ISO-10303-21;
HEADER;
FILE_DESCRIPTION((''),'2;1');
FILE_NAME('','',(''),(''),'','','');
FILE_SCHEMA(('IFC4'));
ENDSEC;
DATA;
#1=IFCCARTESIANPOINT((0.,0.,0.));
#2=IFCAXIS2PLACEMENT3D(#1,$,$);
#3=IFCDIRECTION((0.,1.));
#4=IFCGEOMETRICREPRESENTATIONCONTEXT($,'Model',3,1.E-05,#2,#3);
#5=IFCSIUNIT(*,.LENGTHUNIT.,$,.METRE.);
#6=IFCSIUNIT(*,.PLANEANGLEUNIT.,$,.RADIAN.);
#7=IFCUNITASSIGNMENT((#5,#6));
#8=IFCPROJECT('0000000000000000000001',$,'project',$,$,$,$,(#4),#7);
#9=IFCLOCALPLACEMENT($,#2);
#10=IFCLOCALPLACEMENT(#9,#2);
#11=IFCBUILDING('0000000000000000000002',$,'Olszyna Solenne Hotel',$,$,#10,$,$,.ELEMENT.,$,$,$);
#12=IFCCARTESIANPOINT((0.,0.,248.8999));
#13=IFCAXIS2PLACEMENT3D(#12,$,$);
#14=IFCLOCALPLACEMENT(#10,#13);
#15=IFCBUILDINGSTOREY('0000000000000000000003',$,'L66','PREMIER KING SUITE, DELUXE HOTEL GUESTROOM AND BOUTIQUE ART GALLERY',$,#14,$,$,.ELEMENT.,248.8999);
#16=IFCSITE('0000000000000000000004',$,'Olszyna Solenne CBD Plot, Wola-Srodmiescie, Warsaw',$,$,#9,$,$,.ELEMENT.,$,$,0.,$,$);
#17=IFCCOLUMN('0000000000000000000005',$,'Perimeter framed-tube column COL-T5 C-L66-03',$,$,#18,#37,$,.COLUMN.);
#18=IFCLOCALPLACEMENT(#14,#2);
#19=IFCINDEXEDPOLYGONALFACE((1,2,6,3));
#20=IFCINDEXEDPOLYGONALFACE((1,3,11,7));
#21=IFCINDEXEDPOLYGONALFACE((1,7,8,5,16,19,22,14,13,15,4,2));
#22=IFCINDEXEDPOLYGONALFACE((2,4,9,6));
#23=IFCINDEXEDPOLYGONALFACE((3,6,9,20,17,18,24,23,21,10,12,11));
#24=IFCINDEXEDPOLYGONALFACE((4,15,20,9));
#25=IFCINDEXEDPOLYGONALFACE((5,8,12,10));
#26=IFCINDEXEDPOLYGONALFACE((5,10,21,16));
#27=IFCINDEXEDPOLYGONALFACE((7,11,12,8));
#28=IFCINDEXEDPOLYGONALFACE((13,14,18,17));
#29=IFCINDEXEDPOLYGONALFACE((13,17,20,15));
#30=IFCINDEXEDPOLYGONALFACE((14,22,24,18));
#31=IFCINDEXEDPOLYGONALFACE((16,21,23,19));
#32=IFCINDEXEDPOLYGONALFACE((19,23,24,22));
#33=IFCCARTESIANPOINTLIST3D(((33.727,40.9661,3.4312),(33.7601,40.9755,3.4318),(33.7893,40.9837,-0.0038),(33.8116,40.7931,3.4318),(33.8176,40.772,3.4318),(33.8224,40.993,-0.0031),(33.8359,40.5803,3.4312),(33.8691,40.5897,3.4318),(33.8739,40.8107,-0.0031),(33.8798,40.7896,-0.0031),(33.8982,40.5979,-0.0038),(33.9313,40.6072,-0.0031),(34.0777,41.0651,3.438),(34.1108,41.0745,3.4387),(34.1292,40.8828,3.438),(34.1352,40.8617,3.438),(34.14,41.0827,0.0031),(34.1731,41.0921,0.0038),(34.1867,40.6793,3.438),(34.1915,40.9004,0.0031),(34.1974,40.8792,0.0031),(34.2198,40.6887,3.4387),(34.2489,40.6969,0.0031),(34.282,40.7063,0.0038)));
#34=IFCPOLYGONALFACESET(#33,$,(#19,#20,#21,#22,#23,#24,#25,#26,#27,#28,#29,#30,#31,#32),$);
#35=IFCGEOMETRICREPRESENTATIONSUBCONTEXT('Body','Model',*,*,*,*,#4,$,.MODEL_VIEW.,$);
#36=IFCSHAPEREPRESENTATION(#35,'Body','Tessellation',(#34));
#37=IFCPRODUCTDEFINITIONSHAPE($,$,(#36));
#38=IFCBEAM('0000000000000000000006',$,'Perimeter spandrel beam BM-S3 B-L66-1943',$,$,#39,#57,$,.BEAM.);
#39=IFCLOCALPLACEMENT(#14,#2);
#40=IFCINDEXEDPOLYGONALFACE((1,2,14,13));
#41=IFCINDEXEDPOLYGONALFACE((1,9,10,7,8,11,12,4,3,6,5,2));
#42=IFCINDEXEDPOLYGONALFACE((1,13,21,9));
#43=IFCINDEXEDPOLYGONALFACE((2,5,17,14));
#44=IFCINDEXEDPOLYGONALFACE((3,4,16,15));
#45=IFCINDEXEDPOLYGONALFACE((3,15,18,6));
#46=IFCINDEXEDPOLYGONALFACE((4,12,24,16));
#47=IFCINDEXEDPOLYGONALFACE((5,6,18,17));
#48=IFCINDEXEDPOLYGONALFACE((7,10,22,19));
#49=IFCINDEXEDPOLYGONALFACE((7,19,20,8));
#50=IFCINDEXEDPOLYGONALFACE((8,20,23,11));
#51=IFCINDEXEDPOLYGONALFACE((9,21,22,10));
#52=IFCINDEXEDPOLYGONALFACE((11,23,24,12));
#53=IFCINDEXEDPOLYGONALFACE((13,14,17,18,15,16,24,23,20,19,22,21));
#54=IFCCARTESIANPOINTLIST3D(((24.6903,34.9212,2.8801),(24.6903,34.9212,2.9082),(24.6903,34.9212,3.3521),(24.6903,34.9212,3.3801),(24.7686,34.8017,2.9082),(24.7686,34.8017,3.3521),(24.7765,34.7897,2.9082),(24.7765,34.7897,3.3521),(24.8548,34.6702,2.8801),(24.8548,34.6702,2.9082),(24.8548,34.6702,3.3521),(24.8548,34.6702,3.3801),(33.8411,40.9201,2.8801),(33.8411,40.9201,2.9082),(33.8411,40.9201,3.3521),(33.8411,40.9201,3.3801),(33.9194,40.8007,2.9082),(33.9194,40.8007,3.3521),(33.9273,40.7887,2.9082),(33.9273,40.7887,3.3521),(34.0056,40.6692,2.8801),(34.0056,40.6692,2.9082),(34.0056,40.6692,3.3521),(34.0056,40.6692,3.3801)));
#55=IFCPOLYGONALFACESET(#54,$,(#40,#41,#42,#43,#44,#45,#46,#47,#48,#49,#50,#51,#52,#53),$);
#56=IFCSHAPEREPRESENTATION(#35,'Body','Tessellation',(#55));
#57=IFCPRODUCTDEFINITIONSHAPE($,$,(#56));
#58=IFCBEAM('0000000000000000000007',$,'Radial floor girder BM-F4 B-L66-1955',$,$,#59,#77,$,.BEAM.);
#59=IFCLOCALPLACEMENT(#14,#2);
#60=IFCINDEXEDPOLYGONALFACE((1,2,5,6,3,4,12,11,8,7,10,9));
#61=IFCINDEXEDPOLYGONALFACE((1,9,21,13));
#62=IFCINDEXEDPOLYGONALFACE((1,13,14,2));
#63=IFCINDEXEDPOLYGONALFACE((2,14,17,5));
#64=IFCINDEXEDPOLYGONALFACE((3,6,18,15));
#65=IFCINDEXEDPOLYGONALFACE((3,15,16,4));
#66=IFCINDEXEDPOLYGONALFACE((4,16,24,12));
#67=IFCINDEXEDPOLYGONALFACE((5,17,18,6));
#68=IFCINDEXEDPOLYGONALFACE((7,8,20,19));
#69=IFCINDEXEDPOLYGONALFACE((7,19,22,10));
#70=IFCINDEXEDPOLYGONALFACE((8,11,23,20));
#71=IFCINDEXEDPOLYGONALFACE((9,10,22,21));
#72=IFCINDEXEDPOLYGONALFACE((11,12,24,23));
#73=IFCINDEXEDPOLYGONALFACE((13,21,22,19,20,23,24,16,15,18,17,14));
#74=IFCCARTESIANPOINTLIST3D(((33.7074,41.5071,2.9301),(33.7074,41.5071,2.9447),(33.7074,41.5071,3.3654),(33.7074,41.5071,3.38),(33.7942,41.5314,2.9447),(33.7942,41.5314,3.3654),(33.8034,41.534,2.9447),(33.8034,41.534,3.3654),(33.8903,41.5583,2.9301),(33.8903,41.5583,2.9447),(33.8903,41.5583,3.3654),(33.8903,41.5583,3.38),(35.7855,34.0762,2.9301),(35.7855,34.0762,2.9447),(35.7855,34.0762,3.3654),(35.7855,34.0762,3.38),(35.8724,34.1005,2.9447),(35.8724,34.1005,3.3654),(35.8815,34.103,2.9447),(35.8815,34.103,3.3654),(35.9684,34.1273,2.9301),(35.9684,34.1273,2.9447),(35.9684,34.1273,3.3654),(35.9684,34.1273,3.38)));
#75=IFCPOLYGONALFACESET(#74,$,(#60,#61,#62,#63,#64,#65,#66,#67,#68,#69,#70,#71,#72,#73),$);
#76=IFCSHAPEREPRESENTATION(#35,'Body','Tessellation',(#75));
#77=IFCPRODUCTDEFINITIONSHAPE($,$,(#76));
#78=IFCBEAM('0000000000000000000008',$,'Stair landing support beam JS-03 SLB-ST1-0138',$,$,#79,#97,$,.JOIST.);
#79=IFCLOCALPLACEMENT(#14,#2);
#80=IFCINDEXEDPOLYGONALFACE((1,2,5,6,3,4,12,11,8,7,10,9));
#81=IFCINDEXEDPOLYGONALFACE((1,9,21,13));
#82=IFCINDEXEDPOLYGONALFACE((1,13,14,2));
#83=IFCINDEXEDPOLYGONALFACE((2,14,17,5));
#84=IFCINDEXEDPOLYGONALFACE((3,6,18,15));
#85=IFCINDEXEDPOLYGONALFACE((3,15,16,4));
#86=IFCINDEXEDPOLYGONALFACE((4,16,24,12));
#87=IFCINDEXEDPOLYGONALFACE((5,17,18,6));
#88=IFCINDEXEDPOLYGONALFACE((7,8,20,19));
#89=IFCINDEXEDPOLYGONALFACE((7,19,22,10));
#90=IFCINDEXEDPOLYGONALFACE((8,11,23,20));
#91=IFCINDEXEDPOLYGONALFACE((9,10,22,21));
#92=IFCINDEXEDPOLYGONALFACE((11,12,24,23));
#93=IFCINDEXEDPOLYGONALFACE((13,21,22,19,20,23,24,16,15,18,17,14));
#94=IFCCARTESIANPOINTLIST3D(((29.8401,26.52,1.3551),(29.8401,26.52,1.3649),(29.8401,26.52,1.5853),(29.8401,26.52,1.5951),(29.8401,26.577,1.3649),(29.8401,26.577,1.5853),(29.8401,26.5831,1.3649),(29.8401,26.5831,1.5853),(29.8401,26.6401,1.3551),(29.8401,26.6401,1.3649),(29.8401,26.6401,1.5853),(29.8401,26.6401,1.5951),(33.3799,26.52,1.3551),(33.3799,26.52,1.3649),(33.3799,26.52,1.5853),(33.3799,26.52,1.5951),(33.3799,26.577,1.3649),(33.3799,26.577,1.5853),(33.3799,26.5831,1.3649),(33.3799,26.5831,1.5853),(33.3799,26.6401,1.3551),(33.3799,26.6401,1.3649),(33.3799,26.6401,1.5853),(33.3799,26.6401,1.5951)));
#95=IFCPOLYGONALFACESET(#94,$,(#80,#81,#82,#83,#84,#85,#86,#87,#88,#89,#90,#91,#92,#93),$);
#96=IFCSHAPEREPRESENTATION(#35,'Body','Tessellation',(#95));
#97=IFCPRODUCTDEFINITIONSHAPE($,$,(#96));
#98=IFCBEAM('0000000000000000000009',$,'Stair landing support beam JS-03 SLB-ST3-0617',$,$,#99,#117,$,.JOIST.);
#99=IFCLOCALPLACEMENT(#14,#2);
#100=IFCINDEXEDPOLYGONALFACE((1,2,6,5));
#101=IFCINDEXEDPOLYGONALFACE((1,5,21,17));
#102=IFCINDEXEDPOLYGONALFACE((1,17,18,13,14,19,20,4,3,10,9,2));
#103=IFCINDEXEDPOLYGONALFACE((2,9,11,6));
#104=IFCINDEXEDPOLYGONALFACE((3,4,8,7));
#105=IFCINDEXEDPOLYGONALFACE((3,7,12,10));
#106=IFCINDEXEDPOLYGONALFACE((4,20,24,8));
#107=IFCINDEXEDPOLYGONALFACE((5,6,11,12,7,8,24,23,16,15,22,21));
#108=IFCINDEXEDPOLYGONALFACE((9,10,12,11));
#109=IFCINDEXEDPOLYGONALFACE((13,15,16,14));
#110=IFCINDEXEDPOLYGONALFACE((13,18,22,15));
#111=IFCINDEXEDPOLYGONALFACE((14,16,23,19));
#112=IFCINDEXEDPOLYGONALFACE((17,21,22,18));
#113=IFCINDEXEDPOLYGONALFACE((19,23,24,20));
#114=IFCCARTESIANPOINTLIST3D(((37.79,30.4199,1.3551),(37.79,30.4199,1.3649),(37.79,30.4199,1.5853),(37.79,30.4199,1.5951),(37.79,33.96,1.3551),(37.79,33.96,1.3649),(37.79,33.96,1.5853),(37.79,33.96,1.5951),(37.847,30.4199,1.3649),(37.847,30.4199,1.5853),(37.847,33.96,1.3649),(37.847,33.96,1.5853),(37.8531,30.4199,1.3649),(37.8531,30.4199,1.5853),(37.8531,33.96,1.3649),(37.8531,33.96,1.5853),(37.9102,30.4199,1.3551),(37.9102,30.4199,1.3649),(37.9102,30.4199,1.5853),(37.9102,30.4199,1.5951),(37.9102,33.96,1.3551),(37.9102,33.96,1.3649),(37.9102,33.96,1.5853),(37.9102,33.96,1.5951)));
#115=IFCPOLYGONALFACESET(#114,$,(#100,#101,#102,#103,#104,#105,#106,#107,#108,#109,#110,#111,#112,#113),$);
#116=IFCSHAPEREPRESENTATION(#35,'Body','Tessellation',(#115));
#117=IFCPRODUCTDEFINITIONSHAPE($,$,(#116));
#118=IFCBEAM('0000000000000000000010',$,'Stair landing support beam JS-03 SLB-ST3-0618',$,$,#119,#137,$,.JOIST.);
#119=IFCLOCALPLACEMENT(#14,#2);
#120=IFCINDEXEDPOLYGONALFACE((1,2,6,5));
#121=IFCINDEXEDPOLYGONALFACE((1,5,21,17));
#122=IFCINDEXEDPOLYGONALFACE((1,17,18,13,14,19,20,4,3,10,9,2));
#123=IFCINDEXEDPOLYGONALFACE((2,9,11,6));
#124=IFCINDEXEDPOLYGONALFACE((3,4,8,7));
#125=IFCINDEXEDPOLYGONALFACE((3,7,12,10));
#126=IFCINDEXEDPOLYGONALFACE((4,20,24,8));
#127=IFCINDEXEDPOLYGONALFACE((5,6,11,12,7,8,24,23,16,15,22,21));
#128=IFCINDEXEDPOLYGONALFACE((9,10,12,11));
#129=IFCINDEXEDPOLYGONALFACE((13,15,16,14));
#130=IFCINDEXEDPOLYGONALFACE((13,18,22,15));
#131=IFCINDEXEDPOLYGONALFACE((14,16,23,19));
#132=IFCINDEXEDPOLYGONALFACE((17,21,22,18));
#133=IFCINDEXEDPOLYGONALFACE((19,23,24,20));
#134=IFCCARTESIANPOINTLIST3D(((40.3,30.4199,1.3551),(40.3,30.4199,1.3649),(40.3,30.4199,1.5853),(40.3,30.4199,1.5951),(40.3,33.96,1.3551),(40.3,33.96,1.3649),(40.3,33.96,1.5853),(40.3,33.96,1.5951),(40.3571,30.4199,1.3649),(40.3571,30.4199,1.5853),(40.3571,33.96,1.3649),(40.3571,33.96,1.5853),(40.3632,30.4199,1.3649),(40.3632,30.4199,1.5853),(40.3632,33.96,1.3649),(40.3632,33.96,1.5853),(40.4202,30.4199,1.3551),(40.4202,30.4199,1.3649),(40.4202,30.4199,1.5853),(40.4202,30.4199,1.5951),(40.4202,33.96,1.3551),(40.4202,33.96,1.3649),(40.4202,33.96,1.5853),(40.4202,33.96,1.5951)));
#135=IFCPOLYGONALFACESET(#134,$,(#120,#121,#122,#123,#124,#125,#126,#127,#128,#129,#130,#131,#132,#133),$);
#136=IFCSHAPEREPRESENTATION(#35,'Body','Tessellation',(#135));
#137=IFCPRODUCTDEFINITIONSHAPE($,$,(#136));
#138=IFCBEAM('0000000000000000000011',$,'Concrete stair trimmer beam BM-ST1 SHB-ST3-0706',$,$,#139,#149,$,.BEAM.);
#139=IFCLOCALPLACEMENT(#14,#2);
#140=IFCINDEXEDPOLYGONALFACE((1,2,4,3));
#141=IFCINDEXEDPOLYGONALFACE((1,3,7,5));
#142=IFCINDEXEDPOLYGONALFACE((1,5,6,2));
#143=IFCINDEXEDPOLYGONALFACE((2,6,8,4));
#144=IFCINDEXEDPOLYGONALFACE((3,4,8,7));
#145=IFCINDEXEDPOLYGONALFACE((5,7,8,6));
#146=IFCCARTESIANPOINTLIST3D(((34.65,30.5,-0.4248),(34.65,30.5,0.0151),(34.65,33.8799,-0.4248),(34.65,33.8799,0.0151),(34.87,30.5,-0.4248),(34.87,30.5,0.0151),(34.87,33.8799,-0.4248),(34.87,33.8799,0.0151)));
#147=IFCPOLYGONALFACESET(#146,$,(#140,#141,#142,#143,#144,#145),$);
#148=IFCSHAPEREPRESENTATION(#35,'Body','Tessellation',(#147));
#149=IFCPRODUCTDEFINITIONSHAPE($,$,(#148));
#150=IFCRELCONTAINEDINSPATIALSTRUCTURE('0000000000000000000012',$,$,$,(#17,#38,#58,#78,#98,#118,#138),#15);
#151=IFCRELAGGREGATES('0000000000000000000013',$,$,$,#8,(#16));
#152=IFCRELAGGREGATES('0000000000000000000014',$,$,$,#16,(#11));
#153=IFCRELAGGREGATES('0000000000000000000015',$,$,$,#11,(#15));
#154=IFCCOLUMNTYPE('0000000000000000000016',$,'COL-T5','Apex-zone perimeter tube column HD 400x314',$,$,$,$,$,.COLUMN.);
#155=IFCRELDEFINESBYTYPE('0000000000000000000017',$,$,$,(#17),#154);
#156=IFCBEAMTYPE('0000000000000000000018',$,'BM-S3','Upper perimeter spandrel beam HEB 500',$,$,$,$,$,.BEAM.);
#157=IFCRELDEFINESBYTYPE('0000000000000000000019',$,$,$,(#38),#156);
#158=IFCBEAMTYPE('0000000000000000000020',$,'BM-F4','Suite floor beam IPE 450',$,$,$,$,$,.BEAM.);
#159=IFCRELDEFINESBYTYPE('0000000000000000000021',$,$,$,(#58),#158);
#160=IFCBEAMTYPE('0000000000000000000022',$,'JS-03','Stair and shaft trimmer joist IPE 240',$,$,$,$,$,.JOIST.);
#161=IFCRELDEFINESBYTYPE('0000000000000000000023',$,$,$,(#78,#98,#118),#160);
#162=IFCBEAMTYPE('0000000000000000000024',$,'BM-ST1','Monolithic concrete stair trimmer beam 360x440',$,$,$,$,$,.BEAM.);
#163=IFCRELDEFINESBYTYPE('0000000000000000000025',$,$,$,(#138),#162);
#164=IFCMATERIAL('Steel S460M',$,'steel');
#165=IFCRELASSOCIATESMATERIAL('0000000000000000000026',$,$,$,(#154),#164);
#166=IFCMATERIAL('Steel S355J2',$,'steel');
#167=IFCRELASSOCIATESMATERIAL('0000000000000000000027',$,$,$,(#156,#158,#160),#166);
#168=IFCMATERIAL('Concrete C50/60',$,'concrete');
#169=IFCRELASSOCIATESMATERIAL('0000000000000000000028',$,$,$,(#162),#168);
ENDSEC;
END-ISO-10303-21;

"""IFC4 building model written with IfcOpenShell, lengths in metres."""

from ifc_helpers import new_model, si_unit, direction, frame, origin, origin_2d, place, context, subcontext, project, spatial, rectangle, i_section, extrude, source, transform, mapped, material, material_profile, profile_set, type_object, element, save


model = new_model("IFC4")

# Units and contexts
model_context = context("Model", 3, precision=1e-05, world=origin(), true_north=direction((0.0, 1.0)))
body_context = subcontext(model_context, "Body", "Model", "MODEL_VIEW")
ifc_project = project(units=[si_unit("LENGTHUNIT", "METRE"), si_unit("PLANEANGLEUNIT", "RADIAN")], contexts=[model_context])

# Site, building, storey
site_placement = place(None, origin())
site = spatial("IfcSite", under=ifc_project, at=site_placement, Name="Olszyna Solenne CBD Plot, Wola-Srodmiescie, Warsaw", CompositionType="ELEMENT", RefElevation=0.0)
building_placement = place(site_placement, origin())
building = spatial("IfcBuilding", under=site, at=building_placement, Name="Olszyna Solenne Hotel", CompositionType="ELEMENT")
storey_placement = place(building_placement, frame((0.0, 0.0, 248.8999)))
storey = spatial("IfcBuildingStorey", under=building, at=storey_placement, Name="L66", Description="PREMIER KING SUITE, DELUXE HOTEL GUESTROOM AND BOUTIQUE ART GALLERY", CompositionType="ELEMENT", Elevation=248.8999)

# Column
ifc_material_1 = material(Name="Steel S460M", Category="steel")
ifc_material_profile_1 = material_profile(ifc_material_1, i_section(OverallWidth=0.4009, OverallDepth=0.3989, WebThickness=0.022, FlangeThickness=0.0344, at=origin_2d()), Name="HD 400x314", Category="load-bearing")
ifc_profile_set_1 = profile_set([ifc_material_profile_1], Name="Steel S460M")
column_type = type_object("IfcColumnType", Name="COL-T5", Description="Apex-zone perimeter tube column HD 400x314", PredefinedType="COLUMN", material=ifc_profile_set_1)
shared_shape_1 = source(origin(), body_context, "Body", "SweptSolid", [
    extrude(i_section(OverallWidth=0.4009, OverallDepth=0.3989, WebThickness=0.022, FlangeThickness=0.0344, at=origin_2d()), origin(), (0.0, 0.0, 1.0), 3.4355),
])
column_placement = place(storey_placement, frame((34.0356, 40.845, 0.0), z_axis=(-0.01812, -0.005116, 0.999823), x_axis=(0.271729, -0.962374, 0.0)))
element("IfcColumn", 1, at=column_placement, inside=storey, type_object=column_type, Name="Perimeter framed-tube column COL-T5 C-L66-03", PredefinedType="COLUMN", context=body_context, shape_type="MappedRepresentation", body=[
    mapped(shared_shape_1, transform((0.0, 0.0, 0.0), x_axis=(1.0, 0.0, 0.0), y_axis=(0.0, 1.0, 0.0), z_axis=(0.0, 0.0, 1.0), scale=1.0)),
])

# Beams
ifc_material_2 = material(Name="Steel S355J2", Category="steel")
ifc_material_profile_2 = material_profile(ifc_material_2, i_section(OverallWidth=0.3, OverallDepth=0.5, WebThickness=0.0144, FlangeThickness=0.0281, at=origin_2d()), Name="HEB 500", Category="load-bearing")
ifc_profile_set_2 = profile_set([ifc_material_profile_2], Name="Steel S355J2")
beam_type_1 = type_object("IfcBeamType", Name="BM-S3", Description="Upper perimeter spandrel beam HEB 500", PredefinedType="BEAM", material=ifc_profile_set_2)
shared_shape_2 = source(origin(), body_context, "Body", "SweptSolid", [
    extrude(i_section(OverallWidth=0.3, OverallDepth=0.5, WebThickness=0.0144, FlangeThickness=0.0281, at=origin_2d()), origin(), (0.0, 0.0, 1.0), 10.9419),
])
beam_1_placement = place(storey_placement, frame((33.9233, 40.7947, 3.1301), z_axis=(-0.836309, -0.548258, 0.0), x_axis=(0.548258, -0.836309, 0.0)))
element("IfcBeam", 2, at=beam_1_placement, inside=storey, type_object=beam_type_1, Name="Perimeter spandrel beam BM-S3 B-L66-1943", PredefinedType="BEAM", context=body_context, shape_type="MappedRepresentation", body=[
    mapped(shared_shape_2, transform((0.0, 0.0, 0.0), x_axis=(1.0, 0.0, 0.0), y_axis=(0.0, 1.0, 0.0), z_axis=(0.0, 0.0, 1.0), scale=1.0)),
])
ifc_material_profile_3 = material_profile(ifc_material_2, i_section(OverallWidth=0.1899, OverallDepth=0.45, WebThickness=0.0095, FlangeThickness=0.0146, at=origin_2d()), Name="IPE 450", Category="load-bearing")
ifc_profile_set_3 = profile_set([ifc_material_profile_3], Name="Steel S355J2")
beam_type_2 = type_object("IfcBeamType", Name="BM-F4", Description="Suite floor beam IPE 450", PredefinedType="BEAM", material=ifc_profile_set_3)
shared_shape_3 = source(origin(), body_context, "Body", "SweptSolid", [
    extrude(i_section(OverallWidth=0.1899, OverallDepth=0.45, WebThickness=0.0095, FlangeThickness=0.0146, at=origin_2d()), origin(), (0.0, 0.0, 1.0), 7.7161),
])
beam_2_placement = place(storey_placement, frame((33.7988, 41.5327, 3.155), z_axis=(0.269326, -0.963049, 0.0), x_axis=(0.963049, 0.269326, 0.0)))
element("IfcBeam", 3, at=beam_2_placement, inside=storey, type_object=beam_type_2, Name="Radial floor girder BM-F4 B-L66-1955", PredefinedType="BEAM", context=body_context, shape_type="MappedRepresentation", body=[
    mapped(shared_shape_3, transform((0.0, 0.0, 0.0), x_axis=(1.0, 0.0, 0.0), y_axis=(0.0, 1.0, 0.0), z_axis=(0.0, 0.0, 1.0), scale=1.0)),
])
ifc_material_profile_4 = material_profile(ifc_material_2, i_section(OverallWidth=0.1201, OverallDepth=0.24, WebThickness=0.0061, FlangeThickness=0.0098, at=origin_2d()), Name="IPE 240", Category="load-bearing")
ifc_profile_set_4 = profile_set([ifc_material_profile_4], Name="Steel S355J2")
beam_type_3 = type_object("IfcBeamType", Name="JS-03", Description="Stair and shaft trimmer joist IPE 240", PredefinedType="JOIST", material=ifc_profile_set_4)
shared_shape_4 = source(origin(), body_context, "Body", "SweptSolid", [
    extrude(i_section(OverallWidth=0.1201, OverallDepth=0.24, WebThickness=0.0061, FlangeThickness=0.0098, at=origin_2d()), origin(), (0.0, 0.0, 1.0), 3.5398),
])
beam_3_placement = place(storey_placement, frame((33.3799, 26.5801, 1.4751), z_axis=(-1.0, 0.0, 0.0), x_axis=(0.0, -1.0, 0.0)))
element("IfcBeam", 4, at=beam_3_placement, inside=storey, type_object=beam_type_3, Name="Stair landing support beam JS-03 SLB-ST1-0138", PredefinedType="JOIST", context=body_context, shape_type="MappedRepresentation", body=[
    mapped(shared_shape_4, transform((0.0, 0.0, 0.0), x_axis=(1.0, 0.0, 0.0), y_axis=(0.0, 1.0, 0.0), z_axis=(0.0, 0.0, 1.0), scale=1.0)),
])
shared_shape_5 = source(origin(), body_context, "Body", "SweptSolid", [
    extrude(i_section(OverallWidth=0.1201, OverallDepth=0.24, WebThickness=0.0061, FlangeThickness=0.0098, at=origin_2d()), origin(), (0.0, 0.0, 1.0), 3.54),
])
for number, where, z_axis, x_axis, name in (
    (5, (37.8501, 30.4199, 1.4751), (0.0, 1.0, 0.0), (-1.0, 0.0, 0.0), "Stair landing support beam JS-03 SLB-ST3-0617"),
    (6, (40.3601, 30.4199, 1.4751), (0.0, 1.0, 0.0), (-1.0, 0.0, 0.0), "Stair landing support beam JS-03 SLB-ST3-0618"),
):
    element("IfcBeam", number, at=place(storey_placement, frame(where, z_axis=z_axis, x_axis=x_axis)), inside=storey, type_object=beam_type_3, Name=name, PredefinedType="JOIST", context=body_context, shape_type="MappedRepresentation", body=[
        mapped(shared_shape_5, transform((0.0, 0.0, 0.0), x_axis=(1.0, 0.0, 0.0), y_axis=(0.0, 1.0, 0.0), z_axis=(0.0, 0.0, 1.0), scale=1.0)),
    ])
ifc_material_3 = material(Name="Concrete C50/60", Category="concrete")
ifc_material_profile_5 = material_profile(ifc_material_3, rectangle(XDim=0.22, YDim=0.4399, at=origin_2d()), Name="RC 220x440", Category="load-bearing")
ifc_profile_set_5 = profile_set([ifc_material_profile_5], Name="Concrete C50/60")
beam_type_4 = type_object("IfcBeamType", Name="BM-ST1", Description="Monolithic concrete stair trimmer beam 360x440", PredefinedType="BEAM", material=ifc_profile_set_5)
shared_shape_6 = source(origin(), body_context, "Body", "SweptSolid", [
    extrude(rectangle(XDim=0.22, YDim=0.4399, at=origin_2d()), origin(), (0.0, 0.0, 1.0), 3.3799),
])
beam_4_placement = place(storey_placement, frame((34.76, 30.5, -0.2048), z_axis=(0.0, 1.0, 0.0), x_axis=(-1.0, 0.0, 0.0)))
element("IfcBeam", 7, at=beam_4_placement, inside=storey, type_object=beam_type_4, Name="Concrete stair trimmer beam BM-ST1 SHB-ST3-0706", PredefinedType="BEAM", context=body_context, shape_type="MappedRepresentation", body=[
    mapped(shared_shape_6, transform((0.0, 0.0, 0.0), x_axis=(1.0, 0.0, 0.0), y_axis=(0.0, 1.0, 0.0), z_axis=(0.0, 0.0, 1.0), scale=1.0)),
])

save(model, "model.ifc")
